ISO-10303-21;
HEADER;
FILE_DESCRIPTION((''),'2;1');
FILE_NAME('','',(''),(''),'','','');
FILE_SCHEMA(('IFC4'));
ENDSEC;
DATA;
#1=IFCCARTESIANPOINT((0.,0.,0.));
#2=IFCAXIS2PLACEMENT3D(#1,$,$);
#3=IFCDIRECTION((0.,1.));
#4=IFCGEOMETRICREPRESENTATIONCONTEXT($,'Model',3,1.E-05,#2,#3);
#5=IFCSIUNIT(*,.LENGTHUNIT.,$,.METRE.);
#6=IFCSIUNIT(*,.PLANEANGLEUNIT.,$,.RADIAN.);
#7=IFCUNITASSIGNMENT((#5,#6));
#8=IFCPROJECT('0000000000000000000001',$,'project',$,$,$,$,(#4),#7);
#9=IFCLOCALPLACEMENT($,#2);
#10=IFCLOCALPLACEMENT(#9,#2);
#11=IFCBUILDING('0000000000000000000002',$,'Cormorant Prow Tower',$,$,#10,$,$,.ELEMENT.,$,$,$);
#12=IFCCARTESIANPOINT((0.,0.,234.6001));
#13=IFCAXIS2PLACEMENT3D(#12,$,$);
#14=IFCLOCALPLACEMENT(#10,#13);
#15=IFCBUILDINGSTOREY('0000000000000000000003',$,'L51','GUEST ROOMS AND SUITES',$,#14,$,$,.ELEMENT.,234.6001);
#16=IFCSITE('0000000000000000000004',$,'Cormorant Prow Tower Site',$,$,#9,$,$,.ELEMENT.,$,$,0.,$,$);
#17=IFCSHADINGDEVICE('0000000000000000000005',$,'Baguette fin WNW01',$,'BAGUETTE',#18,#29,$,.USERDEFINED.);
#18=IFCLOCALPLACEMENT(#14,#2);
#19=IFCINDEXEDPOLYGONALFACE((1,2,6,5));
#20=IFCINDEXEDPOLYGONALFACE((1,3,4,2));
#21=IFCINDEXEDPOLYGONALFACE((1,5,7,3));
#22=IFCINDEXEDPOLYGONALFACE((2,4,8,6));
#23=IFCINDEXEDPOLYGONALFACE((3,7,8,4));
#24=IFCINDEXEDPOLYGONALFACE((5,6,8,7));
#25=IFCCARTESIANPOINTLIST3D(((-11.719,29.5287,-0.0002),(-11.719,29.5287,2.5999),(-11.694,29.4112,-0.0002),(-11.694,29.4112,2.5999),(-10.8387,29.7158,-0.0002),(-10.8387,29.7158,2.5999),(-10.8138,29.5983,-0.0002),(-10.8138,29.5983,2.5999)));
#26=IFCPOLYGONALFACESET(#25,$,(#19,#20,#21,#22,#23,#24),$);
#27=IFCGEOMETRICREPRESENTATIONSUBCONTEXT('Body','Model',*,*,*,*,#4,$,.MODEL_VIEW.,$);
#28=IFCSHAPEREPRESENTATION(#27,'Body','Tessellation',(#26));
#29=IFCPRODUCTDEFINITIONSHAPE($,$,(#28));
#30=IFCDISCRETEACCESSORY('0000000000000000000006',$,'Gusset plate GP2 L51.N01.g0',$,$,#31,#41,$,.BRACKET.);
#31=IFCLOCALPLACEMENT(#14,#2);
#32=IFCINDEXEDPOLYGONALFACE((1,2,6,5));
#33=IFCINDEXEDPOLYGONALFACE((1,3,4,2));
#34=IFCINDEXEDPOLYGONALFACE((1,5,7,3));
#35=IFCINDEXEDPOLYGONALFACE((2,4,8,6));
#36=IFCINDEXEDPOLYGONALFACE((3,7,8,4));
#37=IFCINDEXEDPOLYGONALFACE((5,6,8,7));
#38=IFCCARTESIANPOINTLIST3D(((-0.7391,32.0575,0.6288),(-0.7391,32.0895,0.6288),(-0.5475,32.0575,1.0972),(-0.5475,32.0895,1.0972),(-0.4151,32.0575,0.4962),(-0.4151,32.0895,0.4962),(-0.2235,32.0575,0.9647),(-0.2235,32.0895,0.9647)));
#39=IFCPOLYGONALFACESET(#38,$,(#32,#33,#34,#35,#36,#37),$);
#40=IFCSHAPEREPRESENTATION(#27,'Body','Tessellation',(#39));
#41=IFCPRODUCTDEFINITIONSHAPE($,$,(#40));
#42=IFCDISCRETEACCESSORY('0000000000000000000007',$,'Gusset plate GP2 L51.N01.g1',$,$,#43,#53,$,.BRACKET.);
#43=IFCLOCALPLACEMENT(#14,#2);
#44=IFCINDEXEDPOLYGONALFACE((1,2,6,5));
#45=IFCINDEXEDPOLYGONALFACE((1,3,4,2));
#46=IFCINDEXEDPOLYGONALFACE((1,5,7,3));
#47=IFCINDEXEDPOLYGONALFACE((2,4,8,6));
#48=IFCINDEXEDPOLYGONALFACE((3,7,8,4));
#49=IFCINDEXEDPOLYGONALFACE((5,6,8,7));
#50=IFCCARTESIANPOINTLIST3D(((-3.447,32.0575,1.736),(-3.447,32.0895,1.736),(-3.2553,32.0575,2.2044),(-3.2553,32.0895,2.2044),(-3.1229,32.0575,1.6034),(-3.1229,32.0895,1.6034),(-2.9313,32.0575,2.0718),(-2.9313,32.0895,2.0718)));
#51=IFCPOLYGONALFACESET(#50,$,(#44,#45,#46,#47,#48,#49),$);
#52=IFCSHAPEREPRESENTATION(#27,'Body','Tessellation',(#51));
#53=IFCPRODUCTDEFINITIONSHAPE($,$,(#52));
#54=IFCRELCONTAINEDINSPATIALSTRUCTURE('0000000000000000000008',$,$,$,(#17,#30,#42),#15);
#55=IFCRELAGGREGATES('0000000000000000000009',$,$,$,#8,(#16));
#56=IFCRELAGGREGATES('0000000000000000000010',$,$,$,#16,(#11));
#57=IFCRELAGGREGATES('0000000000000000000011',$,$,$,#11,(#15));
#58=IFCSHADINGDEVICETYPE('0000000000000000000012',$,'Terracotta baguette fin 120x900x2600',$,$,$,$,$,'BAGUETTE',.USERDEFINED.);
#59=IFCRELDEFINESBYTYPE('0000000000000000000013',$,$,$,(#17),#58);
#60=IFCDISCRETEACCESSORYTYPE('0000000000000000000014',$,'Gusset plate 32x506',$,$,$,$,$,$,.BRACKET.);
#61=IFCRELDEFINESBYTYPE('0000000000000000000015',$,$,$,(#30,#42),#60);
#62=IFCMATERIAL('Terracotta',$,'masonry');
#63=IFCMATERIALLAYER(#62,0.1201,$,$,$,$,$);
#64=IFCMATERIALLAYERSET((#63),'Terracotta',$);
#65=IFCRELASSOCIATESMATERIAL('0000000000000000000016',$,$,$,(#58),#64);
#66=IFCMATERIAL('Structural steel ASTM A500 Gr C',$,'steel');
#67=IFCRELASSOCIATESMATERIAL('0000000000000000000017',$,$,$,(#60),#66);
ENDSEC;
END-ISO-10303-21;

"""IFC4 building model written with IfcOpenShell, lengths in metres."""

from ifc_helpers import new_model, si_unit, direction, frame, origin, origin_2d, place, context, subcontext, project, spatial, rectangle, extrude, material, layer, layer_set, material_profile, profile_set, type_object, element, save


model = new_model("IFC4")

# Units and contexts
model_context = context("Model", 3, precision=1e-05, world=origin(), true_north=direction((0.0, 1.0)))
body_context = subcontext(model_context, "Body", "Model", "MODEL_VIEW")
ifc_project = project(units=[si_unit("LENGTHUNIT", "METRE"), si_unit("PLANEANGLEUNIT", "RADIAN")], contexts=[model_context])

# Site, building, storey
site_placement = place(None, origin())
site = spatial("IfcSite", under=ifc_project, at=site_placement, Name="Cormorant Prow Tower Site", CompositionType="ELEMENT", RefElevation=0.0)
building_placement = place(site_placement, origin())
building = spatial("IfcBuilding", under=site, at=building_placement, Name="Cormorant Prow Tower", CompositionType="ELEMENT")
storey_placement = place(building_placement, frame((0.0, 0.0, 234.6001)))
storey = spatial("IfcBuildingStorey", under=building, at=storey_placement, Name="L51", Description="GUEST ROOMS AND SUITES", CompositionType="ELEMENT", Elevation=234.6001)

# Shading device
ifc_material_1 = material(Name="Terracotta", Category="masonry")
ifc_layer_1 = layer(ifc_material_1, 0.1201)
ifc_layer_set_1 = layer_set([ifc_layer_1], Name="Terracotta")
shading_device_type = type_object("IfcShadingDeviceType", Name="Terracotta baguette fin 120x900x2600", ElementType="BAGUETTE", PredefinedType="USERDEFINED", material=ifc_layer_set_1)
shading_device_placement = place(storey_placement, frame((-11.2664, 29.5635, -0.0002), z_axis=(0.0, 0.0, 1.0), x_axis=(0.207912, -0.978148, 0.0)))
element("IfcShadingDevice", 1, at=shading_device_placement, inside=storey, type_object=shading_device_type, Name="Baguette fin WNW01", ObjectType="BAGUETTE", PredefinedType="USERDEFINED", context=body_context, shape_type="SweptSolid", body=[
    extrude(rectangle(XDim=0.1201, YDim=0.8999, at=origin_2d()), origin(), (0.0, 0.0, 1.0), 2.6001),
])

# Discrete accessories
ifc_material_2 = material(Name="Structural steel ASTM A500 Gr C", Category="steel")
ifc_material_profile_1 = material_profile(ifc_material_2, rectangle(XDim=0.032, YDim=0.5061, at=origin_2d()), Name="Gusset plate 32x506")
ifc_profile_set_1 = profile_set([ifc_material_profile_1], Name="Structural steel ASTM A500 Gr C")
discrete_accessory_type = type_object("IfcDiscreteAccessoryType", Name="Gusset plate 32x506", PredefinedType="BRACKET", material=ifc_profile_set_1)
for number, where, z_axis, x_axis, name in (
    (2, (-0.6433, 32.0735, 0.863), (0.925514, 0.0, -0.378714), (0.0, 1.0, 0.0), "Gusset plate GP2 L51.N01.g0"),
    (3, (-3.0271, 32.0735, 1.8376), (-0.925514, 0.0, 0.378714), (0.0, -1.0, 0.0), "Gusset plate GP2 L51.N01.g1"),
):
    element("IfcDiscreteAccessory", number, at=place(storey_placement, frame(where, z_axis=z_axis, x_axis=x_axis)), inside=storey, type_object=discrete_accessory_type, Name=name, PredefinedType="BRACKET", context=body_context, shape_type="SweptSolid", body=[
        extrude(rectangle(XDim=0.032, YDim=0.5061, at=origin_2d()), origin(), (0.0, 0.0, 1.0), 0.3501),
    ])

save(model, "model.ifc")
